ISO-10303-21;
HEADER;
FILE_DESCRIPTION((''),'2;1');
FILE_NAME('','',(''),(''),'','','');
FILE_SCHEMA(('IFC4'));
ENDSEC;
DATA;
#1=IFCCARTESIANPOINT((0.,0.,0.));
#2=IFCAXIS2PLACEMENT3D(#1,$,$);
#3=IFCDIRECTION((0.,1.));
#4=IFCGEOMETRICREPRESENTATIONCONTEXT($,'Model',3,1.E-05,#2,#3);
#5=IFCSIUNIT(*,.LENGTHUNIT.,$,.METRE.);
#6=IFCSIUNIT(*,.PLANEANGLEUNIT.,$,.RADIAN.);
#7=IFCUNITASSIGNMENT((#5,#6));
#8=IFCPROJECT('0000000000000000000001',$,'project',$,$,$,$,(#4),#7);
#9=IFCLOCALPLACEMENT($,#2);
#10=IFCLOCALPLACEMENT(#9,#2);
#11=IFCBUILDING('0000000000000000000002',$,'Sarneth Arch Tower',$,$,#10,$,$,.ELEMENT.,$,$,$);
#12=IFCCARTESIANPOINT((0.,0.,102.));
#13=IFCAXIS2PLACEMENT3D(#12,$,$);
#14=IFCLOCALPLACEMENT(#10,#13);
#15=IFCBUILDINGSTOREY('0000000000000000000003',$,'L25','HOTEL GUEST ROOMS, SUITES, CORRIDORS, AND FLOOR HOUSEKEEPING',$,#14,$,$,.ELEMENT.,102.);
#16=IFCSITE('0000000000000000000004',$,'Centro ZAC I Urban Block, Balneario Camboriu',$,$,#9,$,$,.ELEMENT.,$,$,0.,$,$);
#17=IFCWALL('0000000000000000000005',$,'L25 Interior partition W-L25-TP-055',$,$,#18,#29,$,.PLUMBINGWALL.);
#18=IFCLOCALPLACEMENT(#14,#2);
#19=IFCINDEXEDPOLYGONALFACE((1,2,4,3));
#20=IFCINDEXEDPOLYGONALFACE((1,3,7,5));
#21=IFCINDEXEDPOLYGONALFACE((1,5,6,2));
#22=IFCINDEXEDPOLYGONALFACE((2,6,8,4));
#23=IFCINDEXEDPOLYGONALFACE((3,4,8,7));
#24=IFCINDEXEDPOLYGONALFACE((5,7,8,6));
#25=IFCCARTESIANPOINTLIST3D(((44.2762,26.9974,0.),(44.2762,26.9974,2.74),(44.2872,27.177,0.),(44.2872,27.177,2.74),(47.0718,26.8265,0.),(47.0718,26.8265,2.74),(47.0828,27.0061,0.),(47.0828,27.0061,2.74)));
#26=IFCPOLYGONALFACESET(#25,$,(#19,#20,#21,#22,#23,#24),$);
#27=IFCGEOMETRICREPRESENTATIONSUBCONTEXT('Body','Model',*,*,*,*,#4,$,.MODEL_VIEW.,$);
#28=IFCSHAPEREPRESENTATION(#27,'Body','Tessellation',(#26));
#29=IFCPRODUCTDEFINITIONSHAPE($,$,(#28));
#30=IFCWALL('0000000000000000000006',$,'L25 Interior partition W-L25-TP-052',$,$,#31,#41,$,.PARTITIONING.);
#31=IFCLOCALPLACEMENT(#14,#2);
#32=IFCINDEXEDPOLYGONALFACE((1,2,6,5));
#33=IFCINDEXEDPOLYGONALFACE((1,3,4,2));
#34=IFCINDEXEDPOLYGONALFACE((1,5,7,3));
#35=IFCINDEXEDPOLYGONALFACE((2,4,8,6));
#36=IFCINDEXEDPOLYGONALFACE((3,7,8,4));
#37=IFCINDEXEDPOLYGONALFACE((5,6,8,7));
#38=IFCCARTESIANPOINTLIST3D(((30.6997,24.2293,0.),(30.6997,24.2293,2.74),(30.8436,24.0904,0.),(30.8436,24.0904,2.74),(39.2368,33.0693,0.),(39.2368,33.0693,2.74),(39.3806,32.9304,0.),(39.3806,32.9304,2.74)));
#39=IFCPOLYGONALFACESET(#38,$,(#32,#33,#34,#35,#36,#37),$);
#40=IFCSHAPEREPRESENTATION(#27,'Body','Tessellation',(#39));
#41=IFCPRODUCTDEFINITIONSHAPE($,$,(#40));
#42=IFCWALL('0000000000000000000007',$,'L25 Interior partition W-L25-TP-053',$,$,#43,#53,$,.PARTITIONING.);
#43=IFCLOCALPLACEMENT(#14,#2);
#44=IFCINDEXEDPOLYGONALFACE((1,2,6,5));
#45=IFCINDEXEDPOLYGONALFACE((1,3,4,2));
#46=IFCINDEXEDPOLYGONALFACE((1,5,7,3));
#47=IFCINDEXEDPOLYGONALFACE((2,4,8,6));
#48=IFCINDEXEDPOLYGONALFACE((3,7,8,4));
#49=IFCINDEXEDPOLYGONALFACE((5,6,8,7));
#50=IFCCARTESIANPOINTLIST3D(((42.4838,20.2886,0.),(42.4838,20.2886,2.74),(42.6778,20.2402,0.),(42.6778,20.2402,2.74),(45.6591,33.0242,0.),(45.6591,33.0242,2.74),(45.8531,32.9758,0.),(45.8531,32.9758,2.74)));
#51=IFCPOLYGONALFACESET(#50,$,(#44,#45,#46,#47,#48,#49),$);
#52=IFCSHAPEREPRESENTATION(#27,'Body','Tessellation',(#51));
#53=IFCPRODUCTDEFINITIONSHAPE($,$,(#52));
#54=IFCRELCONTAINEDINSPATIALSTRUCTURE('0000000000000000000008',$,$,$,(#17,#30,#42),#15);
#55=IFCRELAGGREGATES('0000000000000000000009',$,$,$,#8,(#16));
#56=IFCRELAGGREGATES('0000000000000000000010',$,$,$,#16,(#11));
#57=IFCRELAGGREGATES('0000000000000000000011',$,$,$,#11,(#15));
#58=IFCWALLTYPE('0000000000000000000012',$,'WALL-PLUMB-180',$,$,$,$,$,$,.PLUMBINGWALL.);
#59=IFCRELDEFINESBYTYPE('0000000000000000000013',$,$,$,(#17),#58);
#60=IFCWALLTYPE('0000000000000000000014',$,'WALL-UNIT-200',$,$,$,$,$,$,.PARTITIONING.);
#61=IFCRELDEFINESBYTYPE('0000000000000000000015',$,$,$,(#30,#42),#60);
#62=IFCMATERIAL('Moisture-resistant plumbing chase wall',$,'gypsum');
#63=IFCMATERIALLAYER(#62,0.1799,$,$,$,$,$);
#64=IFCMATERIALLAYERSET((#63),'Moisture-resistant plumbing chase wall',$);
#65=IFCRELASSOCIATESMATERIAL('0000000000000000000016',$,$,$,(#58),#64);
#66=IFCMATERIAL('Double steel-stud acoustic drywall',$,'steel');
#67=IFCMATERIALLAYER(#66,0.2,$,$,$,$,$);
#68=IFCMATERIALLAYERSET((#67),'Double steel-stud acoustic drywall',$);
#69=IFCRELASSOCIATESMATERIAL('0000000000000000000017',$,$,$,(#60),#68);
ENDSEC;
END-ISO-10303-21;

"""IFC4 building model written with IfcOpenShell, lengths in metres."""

from ifc_helpers import new_model, si_unit, direction, frame, frame_2d, origin, place, context, subcontext, project, spatial, rectangle, extrude, material, layer, layer_set, type_object, element, save


model = new_model("IFC4")

# Units and contexts
model_context = context("Model", 3, precision=1e-05, world=origin(), true_north=direction((0.0, 1.0)))
body_context = subcontext(model_context, "Body", "Model", "MODEL_VIEW")
ifc_project = project(units=[si_unit("LENGTHUNIT", "METRE"), si_unit("PLANEANGLEUNIT", "RADIAN")], contexts=[model_context])

# Site, building, storey
site_placement = place(None, origin())
site = spatial("IfcSite", under=ifc_project, at=site_placement, Name="Centro ZAC I Urban Block, Balneario Camboriu", CompositionType="ELEMENT", RefElevation=0.0)
building_placement = place(site_placement, origin())
building = spatial("IfcBuilding", under=site, at=building_placement, Name="Sarneth Arch Tower", CompositionType="ELEMENT")
storey_placement = place(building_placement, frame((0.0, 0.0, 102.0)))
storey = spatial("IfcBuildingStorey", under=building, at=storey_placement, Name="L25", Description="HOTEL GUEST ROOMS, SUITES, CORRIDORS, AND FLOOR HOUSEKEEPING", CompositionType="ELEMENT", Elevation=102.0)

# Shared definitions
ifc_material_1 = material(Name="Moisture-resistant plumbing chase wall", Category="gypsum")
ifc_layer_1 = layer(ifc_material_1, 0.1799)
ifc_layer_set_1 = layer_set([ifc_layer_1], Name="Moisture-resistant plumbing chase wall")
wall_type_1 = type_object("IfcWallType", Name="WALL-PLUMB-180", PredefinedType="PLUMBINGWALL", material=ifc_layer_set_1)

# Walls
wall_1_placement = place(storey_placement, frame((44.2817, 27.0872, 0.0), z_axis=(0.0, 0.0, 1.0), x_axis=(0.998137, -0.061016, 0.0)))
element("IfcWall", 1, at=wall_1_placement, inside=storey, type_object=wall_type_1, Name="L25 Interior partition W-L25-TP-055", PredefinedType="PLUMBINGWALL", context=body_context, shape_type="SweptSolid", body=[
    extrude(rectangle(XDim=2.8008, YDim=0.1799, at=frame_2d((1.4004, 0.0))), origin(), (0.0, 0.0, 1.0), 2.74),
])
ifc_material_2 = material(Name="Double steel-stud acoustic drywall", Category="steel")
ifc_layer_2 = layer(ifc_material_2, 0.2)
ifc_layer_set_2 = layer_set([ifc_layer_2], Name="Double steel-stud acoustic drywall")
wall_type_2 = type_object("IfcWallType", Name="WALL-UNIT-200", PredefinedType="PARTITIONING", material=ifc_layer_set_2)
wall_2_placement = place(storey_placement, frame((30.7717, 24.1599, 0.0), z_axis=(0.0, 0.0, 1.0), x_axis=(0.694673, 0.719326, 0.0)))
element("IfcWall", 2, at=wall_2_placement, inside=storey, type_object=wall_type_2, Name="L25 Interior partition W-L25-TP-052", PredefinedType="PARTITIONING", context=body_context, shape_type="SweptSolid", body=[
    extrude(rectangle(XDim=12.2893, YDim=0.2, at=frame_2d((6.1445, 0.0))), origin(), (0.0, 0.0, 1.0), 2.74),
])
wall_3_placement = place(storey_placement, frame((45.7561, 33.0, 0.0), z_axis=(0.0, 0.0, 1.0), x_axis=(-0.241918, -0.970297, 0.0)))
element("IfcWall", 3, at=wall_3_placement, inside=storey, type_object=wall_type_2, Name="L25 Interior partition W-L25-TP-053", PredefinedType="PARTITIONING", context=body_context, shape_type="SweptSolid", body=[
    extrude(rectangle(XDim=13.1255, YDim=0.2, at=frame_2d((6.5627, 0.0))), origin(), (0.0, 0.0, 1.0), 2.74),
])

save(model, "model.ifc")
